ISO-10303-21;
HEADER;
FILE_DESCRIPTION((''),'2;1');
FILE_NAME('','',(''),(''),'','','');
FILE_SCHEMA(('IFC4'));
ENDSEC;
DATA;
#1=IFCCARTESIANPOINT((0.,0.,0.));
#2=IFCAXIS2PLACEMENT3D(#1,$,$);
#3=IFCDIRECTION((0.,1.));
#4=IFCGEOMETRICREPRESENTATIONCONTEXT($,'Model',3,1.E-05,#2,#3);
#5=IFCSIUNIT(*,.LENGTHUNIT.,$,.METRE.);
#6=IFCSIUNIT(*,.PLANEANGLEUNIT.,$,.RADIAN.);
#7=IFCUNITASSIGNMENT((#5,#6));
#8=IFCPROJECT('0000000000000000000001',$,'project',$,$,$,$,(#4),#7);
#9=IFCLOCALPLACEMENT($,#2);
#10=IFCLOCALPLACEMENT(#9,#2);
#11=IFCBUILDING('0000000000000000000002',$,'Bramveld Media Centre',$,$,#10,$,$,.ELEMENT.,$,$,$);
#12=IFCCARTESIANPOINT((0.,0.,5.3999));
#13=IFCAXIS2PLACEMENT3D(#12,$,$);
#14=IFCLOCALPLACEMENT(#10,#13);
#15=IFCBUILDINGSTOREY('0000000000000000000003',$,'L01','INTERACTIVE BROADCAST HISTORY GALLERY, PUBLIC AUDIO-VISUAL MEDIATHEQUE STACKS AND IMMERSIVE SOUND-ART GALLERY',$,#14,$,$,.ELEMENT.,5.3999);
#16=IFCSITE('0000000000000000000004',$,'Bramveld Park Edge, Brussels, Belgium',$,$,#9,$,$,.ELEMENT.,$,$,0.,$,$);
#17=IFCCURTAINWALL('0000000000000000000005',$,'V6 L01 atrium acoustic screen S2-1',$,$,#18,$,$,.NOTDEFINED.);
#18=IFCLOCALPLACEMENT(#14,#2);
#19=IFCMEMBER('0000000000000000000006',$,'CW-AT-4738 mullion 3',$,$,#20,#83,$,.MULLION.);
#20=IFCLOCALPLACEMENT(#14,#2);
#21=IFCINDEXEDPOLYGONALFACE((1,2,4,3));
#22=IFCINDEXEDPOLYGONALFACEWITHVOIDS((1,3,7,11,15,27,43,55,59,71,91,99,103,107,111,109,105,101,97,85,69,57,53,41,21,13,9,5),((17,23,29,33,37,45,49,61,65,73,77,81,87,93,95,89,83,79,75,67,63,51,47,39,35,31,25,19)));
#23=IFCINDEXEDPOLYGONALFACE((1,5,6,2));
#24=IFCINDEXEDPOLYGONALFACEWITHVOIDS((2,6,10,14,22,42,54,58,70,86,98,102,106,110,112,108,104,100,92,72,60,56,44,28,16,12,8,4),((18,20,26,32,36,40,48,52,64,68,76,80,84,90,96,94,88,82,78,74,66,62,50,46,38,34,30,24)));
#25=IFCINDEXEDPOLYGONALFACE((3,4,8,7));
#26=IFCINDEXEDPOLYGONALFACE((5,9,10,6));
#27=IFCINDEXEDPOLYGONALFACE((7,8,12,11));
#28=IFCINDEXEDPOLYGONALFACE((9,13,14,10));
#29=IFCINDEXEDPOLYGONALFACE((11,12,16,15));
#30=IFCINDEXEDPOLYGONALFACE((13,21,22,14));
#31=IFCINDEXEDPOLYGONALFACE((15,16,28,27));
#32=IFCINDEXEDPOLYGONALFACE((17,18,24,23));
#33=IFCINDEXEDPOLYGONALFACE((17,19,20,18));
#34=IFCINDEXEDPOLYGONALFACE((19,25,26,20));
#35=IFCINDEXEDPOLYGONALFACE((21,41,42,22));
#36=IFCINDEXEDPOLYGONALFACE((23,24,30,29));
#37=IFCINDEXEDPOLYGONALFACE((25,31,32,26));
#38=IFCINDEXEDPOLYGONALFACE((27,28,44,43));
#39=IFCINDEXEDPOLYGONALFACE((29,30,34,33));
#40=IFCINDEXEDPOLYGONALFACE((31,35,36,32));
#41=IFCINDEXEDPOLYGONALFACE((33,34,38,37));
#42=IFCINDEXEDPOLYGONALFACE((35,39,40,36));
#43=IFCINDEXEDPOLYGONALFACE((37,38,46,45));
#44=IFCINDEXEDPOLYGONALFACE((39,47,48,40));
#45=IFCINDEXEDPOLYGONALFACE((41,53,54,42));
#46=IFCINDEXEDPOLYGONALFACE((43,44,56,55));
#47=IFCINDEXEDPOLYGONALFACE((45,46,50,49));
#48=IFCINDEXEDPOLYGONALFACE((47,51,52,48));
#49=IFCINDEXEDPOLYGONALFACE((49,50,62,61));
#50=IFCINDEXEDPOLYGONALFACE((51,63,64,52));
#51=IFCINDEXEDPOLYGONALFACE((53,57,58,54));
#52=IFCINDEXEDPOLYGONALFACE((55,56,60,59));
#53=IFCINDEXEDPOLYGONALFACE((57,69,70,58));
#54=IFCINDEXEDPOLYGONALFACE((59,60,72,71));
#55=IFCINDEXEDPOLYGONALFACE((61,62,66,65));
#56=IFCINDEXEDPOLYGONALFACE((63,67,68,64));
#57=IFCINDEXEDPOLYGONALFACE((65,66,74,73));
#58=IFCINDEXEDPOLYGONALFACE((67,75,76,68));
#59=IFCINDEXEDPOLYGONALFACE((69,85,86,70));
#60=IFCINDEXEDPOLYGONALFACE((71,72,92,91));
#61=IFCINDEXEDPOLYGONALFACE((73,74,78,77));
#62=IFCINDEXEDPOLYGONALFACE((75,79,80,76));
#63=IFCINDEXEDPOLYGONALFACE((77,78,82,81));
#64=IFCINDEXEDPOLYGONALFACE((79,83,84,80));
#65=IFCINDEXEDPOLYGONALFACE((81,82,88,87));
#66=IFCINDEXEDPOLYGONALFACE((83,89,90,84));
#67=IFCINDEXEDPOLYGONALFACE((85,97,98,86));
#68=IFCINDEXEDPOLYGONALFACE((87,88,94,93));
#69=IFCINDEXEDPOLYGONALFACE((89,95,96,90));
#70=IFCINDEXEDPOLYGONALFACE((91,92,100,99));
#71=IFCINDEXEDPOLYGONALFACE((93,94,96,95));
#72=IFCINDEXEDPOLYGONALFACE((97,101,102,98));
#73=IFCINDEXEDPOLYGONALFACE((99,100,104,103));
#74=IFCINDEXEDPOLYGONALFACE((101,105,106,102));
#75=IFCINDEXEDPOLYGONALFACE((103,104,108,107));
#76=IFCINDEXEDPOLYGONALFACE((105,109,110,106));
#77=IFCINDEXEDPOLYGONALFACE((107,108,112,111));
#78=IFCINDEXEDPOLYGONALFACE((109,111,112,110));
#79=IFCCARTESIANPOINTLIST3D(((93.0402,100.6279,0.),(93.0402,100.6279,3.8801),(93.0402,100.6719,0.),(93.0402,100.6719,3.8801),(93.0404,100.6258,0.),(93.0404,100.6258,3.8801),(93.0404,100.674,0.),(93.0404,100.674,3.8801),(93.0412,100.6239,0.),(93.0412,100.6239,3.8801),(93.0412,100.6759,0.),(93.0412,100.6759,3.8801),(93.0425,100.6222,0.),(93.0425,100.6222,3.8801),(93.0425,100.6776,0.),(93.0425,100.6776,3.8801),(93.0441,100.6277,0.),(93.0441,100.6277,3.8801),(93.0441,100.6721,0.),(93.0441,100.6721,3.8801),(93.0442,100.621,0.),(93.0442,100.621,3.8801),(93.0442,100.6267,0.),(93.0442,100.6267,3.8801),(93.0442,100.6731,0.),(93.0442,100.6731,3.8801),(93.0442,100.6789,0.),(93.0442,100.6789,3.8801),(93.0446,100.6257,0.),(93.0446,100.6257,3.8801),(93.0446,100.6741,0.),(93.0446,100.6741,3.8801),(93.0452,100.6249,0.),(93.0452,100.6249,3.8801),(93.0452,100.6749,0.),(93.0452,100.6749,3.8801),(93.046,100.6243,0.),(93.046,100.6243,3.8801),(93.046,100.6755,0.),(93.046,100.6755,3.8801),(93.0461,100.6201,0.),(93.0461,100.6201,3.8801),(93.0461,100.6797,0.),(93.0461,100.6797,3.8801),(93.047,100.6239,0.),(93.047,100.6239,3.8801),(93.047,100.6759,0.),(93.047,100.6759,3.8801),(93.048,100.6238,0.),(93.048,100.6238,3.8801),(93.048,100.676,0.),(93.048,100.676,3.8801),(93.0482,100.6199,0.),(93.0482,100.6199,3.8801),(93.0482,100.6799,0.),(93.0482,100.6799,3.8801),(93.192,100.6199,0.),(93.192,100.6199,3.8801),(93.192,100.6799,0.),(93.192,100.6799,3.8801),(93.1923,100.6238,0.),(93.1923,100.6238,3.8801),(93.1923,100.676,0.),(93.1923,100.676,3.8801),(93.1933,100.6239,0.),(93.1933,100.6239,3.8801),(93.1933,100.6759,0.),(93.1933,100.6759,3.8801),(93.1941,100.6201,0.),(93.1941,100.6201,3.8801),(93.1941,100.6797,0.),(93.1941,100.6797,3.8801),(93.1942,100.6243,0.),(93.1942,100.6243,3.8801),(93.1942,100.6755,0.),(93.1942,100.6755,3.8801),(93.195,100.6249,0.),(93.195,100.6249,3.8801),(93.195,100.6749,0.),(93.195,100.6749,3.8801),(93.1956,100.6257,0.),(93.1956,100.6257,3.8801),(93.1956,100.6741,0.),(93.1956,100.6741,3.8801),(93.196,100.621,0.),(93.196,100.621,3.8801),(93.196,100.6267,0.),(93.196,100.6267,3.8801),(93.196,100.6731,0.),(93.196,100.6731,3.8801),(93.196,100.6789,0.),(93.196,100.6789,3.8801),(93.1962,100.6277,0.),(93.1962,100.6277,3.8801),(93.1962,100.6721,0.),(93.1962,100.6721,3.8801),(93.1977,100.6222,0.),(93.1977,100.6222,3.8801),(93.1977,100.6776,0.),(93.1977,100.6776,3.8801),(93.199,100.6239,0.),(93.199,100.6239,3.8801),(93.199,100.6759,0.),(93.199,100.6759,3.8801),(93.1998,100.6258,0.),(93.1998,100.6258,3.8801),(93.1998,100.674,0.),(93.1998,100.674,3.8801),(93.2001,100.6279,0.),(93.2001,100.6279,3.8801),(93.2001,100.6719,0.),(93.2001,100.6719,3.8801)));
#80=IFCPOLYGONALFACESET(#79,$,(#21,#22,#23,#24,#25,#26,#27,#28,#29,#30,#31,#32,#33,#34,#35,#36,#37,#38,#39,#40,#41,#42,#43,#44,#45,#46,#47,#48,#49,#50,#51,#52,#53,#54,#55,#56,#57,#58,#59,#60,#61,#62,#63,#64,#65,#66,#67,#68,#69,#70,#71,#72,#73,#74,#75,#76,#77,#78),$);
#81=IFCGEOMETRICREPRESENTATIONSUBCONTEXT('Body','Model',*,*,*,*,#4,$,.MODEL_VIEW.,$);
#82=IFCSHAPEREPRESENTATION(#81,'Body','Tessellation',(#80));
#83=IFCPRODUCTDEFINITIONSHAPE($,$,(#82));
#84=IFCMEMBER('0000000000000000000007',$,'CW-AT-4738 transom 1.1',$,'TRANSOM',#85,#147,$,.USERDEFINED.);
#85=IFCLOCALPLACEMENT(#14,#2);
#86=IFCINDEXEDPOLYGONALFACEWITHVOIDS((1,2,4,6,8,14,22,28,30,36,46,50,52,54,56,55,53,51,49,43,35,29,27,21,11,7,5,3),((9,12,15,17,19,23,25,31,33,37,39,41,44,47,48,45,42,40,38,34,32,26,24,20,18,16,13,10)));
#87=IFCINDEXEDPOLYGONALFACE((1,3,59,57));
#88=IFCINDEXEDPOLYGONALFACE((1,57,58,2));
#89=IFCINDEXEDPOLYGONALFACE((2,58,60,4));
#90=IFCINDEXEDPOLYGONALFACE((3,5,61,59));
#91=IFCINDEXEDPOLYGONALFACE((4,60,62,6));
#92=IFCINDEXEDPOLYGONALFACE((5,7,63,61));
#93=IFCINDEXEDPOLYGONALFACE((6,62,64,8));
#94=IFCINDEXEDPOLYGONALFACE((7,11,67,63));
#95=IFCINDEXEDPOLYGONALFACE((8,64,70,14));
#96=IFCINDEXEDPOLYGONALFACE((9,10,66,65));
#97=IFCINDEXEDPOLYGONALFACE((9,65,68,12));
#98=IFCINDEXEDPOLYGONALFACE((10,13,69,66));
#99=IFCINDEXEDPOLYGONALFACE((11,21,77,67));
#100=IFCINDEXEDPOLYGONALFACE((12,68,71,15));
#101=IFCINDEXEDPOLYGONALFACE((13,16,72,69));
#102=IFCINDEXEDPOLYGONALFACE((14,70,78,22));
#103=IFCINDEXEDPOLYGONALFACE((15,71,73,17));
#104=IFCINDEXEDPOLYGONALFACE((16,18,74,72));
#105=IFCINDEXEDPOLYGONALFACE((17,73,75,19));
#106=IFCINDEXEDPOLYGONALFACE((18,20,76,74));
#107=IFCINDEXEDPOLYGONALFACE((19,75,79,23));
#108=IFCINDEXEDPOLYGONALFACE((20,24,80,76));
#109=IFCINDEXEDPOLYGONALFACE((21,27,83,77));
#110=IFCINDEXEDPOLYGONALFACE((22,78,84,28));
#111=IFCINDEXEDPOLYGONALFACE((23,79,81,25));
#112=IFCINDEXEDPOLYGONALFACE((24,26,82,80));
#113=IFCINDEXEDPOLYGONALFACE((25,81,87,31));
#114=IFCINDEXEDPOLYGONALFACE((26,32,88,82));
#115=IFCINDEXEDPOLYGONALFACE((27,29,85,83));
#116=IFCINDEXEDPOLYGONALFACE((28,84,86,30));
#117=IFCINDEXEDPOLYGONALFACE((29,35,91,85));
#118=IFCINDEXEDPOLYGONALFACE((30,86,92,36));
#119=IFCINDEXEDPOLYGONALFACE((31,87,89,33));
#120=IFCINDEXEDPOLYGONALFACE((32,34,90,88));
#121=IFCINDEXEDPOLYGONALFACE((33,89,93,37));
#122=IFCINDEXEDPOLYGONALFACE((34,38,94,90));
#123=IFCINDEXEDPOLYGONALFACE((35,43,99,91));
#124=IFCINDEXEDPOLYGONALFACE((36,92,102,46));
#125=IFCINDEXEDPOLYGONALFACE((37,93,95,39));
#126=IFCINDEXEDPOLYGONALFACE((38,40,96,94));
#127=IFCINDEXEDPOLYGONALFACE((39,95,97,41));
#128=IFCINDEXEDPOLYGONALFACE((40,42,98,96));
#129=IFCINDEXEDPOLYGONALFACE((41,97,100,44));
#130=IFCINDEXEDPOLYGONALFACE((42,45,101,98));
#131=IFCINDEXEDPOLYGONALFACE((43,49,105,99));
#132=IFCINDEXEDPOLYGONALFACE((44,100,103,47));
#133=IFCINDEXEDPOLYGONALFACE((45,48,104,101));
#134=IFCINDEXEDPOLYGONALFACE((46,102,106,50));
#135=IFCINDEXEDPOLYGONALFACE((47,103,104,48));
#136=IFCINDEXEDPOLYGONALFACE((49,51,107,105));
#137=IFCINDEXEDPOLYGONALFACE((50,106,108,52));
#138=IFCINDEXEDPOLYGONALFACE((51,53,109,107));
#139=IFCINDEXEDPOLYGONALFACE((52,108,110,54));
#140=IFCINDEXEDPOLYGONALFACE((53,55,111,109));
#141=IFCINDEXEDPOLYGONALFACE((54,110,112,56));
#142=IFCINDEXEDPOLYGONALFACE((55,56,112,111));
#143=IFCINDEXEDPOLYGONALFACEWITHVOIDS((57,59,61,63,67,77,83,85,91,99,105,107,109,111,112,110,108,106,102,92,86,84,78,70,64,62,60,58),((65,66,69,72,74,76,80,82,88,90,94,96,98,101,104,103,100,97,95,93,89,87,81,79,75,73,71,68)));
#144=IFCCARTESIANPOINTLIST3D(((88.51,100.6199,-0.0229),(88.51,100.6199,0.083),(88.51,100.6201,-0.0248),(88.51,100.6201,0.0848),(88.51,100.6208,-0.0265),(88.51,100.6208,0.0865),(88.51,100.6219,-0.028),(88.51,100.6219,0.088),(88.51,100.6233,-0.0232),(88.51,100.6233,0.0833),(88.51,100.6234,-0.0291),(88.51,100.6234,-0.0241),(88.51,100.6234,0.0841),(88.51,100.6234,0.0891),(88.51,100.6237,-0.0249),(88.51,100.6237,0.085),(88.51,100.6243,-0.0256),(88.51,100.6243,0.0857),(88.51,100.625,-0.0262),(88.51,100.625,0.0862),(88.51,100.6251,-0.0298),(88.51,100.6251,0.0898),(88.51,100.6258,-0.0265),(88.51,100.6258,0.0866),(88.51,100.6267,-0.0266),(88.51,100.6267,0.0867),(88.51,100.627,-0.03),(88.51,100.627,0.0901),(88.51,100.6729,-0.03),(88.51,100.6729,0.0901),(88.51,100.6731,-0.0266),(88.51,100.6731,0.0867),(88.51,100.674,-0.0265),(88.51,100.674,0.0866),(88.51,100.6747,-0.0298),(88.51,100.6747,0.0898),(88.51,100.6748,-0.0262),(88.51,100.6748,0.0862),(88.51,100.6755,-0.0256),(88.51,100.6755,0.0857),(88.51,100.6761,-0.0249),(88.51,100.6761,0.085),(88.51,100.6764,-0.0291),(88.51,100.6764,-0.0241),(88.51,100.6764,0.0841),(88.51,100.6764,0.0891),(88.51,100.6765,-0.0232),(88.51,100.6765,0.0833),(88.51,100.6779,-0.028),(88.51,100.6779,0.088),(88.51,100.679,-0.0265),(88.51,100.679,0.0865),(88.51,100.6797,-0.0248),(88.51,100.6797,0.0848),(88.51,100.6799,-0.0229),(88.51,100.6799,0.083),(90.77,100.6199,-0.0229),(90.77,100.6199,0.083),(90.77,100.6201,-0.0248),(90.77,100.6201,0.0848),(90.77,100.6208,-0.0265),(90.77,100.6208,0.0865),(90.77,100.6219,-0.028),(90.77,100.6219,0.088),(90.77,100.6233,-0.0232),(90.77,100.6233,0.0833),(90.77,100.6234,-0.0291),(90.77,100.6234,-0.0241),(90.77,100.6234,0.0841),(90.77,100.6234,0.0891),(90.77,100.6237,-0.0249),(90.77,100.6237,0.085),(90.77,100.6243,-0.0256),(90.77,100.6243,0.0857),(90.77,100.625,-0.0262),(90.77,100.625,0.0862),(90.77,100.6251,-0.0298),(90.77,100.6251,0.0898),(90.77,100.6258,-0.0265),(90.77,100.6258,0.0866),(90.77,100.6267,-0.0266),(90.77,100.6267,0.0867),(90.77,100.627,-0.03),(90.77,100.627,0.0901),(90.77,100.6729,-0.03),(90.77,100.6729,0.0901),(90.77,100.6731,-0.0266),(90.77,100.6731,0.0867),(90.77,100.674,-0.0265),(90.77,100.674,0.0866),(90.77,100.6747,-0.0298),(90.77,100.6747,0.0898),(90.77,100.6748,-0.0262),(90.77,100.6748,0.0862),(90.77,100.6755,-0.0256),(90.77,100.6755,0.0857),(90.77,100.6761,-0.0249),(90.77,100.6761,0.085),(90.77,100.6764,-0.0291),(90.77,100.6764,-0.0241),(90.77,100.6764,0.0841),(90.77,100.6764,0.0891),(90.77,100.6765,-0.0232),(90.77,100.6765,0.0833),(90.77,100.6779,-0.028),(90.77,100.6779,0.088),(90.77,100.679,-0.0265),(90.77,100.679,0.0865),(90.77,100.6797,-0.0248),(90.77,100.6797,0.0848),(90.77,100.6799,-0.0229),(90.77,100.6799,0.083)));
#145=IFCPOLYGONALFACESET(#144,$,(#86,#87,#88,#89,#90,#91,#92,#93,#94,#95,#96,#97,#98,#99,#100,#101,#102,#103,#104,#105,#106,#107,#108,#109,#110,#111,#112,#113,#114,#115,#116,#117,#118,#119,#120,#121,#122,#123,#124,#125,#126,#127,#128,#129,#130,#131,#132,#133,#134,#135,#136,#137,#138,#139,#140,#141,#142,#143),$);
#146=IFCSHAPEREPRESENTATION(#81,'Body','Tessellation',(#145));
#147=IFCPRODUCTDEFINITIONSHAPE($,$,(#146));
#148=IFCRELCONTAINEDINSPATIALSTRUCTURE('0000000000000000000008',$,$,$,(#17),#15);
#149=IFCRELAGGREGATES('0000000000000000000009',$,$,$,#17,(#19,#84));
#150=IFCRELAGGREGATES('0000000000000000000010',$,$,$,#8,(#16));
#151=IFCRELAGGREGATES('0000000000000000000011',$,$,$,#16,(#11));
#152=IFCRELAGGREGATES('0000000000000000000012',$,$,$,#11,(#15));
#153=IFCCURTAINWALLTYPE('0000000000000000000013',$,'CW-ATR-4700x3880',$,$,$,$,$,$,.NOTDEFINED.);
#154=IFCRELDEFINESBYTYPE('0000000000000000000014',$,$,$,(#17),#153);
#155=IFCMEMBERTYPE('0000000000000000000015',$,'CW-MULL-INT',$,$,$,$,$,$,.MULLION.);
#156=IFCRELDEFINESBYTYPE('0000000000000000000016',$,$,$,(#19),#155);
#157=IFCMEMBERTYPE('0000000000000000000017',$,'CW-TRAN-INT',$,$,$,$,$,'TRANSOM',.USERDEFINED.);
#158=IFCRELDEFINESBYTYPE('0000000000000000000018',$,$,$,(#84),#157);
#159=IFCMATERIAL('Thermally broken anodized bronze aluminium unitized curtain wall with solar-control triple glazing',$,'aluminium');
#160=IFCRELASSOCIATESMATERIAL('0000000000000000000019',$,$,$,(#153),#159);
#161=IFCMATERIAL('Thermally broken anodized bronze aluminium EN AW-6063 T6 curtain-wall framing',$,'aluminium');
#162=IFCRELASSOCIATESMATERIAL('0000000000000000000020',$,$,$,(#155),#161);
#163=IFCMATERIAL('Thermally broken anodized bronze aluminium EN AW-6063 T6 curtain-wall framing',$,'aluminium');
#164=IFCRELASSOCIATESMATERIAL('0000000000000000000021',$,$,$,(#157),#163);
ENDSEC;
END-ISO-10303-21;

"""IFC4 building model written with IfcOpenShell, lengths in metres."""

from ifc_helpers import new_model, si_unit, direction, frame, origin, origin_2d, place, context, subcontext, project, spatial, hollow_rectangle, extrude, material, material_profile, profile_set, type_object, element, aggregate, save


model = new_model("IFC4")

# Units and contexts
model_context = context("Model", 3, precision=1e-05, world=origin(), true_north=direction((0.0, 1.0)))
body_context = subcontext(model_context, "Body", "Model", "MODEL_VIEW")
ifc_project = project(units=[si_unit("LENGTHUNIT", "METRE"), si_unit("PLANEANGLEUNIT", "RADIAN")], contexts=[model_context])

# Site, building, storey
site_placement = place(None, origin())
site = spatial("IfcSite", under=ifc_project, at=site_placement, Name="Bramveld Park Edge, Brussels, Belgium", CompositionType="ELEMENT", RefElevation=0.0)
building_placement = place(site_placement, origin())
building = spatial("IfcBuilding", under=site, at=building_placement, Name="Bramveld Media Centre", CompositionType="ELEMENT")
storey_placement = place(building_placement, frame((0.0, 0.0, 5.3999)))
storey = spatial("IfcBuildingStorey", under=building, at=storey_placement, Name="L01", Description="INTERACTIVE BROADCAST HISTORY GALLERY, PUBLIC AUDIO-VISUAL MEDIATHEQUE STACKS AND IMMERSIVE SOUND-ART GALLERY", CompositionType="ELEMENT", Elevation=5.3999)

# Curtain wall, members
ifc_material_1 = material(Name="Thermally broken anodized bronze aluminium unitized curtain wall with solar-control triple glazing", Category="aluminium")
curtain_wall_type = type_object("IfcCurtainWallType", Name="CW-ATR-4700x3880", PredefinedType="NOTDEFINED", material=ifc_material_1)
curtain_wall_placement = place(storey_placement, origin())
curtain_wall = element("IfcCurtainWall", 1, at=curtain_wall_placement, inside=storey, type_object=curtain_wall_type, Name="V6 L01 atrium acoustic screen S2-1", PredefinedType="NOTDEFINED")
ifc_material_2 = material(Name="Thermally broken anodized bronze aluminium EN AW-6063 T6 curtain-wall framing", Category="aluminium")
ifc_material_profile_1 = material_profile(ifc_material_2, hollow_rectangle(XDim=0.0601, YDim=0.1599, WallThickness=0.0039, InnerFilletRadius=0.0039, OuterFilletRadius=0.0081, at=origin_2d()), Name="AL-MULL 60x160")
ifc_profile_set_1 = profile_set([ifc_material_profile_1], Name="Thermally broken anodized bronze aluminium EN AW-6063 T6 curtain-wall framing")
member_type_1 = type_object("IfcMemberType", Name="CW-MULL-INT", PredefinedType="MULLION", material=ifc_profile_set_1)
member_1_placement = place(storey_placement, frame((93.1201, 100.6499, 0.0), z_axis=(0.0, 0.0, 1.0), x_axis=(0.0, 1.0, 0.0)))
member_1 = element("IfcMember", 2, at=member_1_placement, type_object=member_type_1, Name="CW-AT-4738 mullion 3", PredefinedType="MULLION", context=body_context, shape_type="SweptSolid", body=[
    extrude(hollow_rectangle(XDim=0.0601, YDim=0.1599, WallThickness=0.0039, InnerFilletRadius=0.0039, OuterFilletRadius=0.0081, at=origin_2d()), origin(), (0.0, 0.0, 1.0), 3.8801),
])
ifc_material_3 = material(Name="Thermally broken anodized bronze aluminium EN AW-6063 T6 curtain-wall framing", Category="aluminium")
ifc_material_profile_2 = material_profile(ifc_material_3, hollow_rectangle(XDim=0.0601, YDim=0.1201, WallThickness=0.0034, InnerFilletRadius=0.0034, OuterFilletRadius=0.0071, at=origin_2d()), Name="AL-TRAN 60x120")
ifc_profile_set_2 = profile_set([ifc_material_profile_2], Name="Thermally broken anodized bronze aluminium EN AW-6063 T6 curtain-wall framing")
member_type_2 = type_object("IfcMemberType", Name="CW-TRAN-INT", ElementType="TRANSOM", PredefinedType="USERDEFINED", material=ifc_profile_set_2)
member_2_placement = place(storey_placement, frame((88.51, 100.6499, 0.03), z_axis=(1.0, 0.0, 0.0), x_axis=(0.0, 1.0, 0.0)))
member_2 = element("IfcMember", 3, at=member_2_placement, type_object=member_type_2, Name="CW-AT-4738 transom 1.1", ObjectType="TRANSOM", PredefinedType="USERDEFINED", context=body_context, shape_type="SweptSolid", body=[
    extrude(hollow_rectangle(XDim=0.0601, YDim=0.1201, WallThickness=0.0034, InnerFilletRadius=0.0034, OuterFilletRadius=0.0071, at=origin_2d()), origin(), (0.0, 0.0, 1.0), 2.26),
])
aggregate(curtain_wall, [member_1, member_2])

save(model, "model.ifc")
